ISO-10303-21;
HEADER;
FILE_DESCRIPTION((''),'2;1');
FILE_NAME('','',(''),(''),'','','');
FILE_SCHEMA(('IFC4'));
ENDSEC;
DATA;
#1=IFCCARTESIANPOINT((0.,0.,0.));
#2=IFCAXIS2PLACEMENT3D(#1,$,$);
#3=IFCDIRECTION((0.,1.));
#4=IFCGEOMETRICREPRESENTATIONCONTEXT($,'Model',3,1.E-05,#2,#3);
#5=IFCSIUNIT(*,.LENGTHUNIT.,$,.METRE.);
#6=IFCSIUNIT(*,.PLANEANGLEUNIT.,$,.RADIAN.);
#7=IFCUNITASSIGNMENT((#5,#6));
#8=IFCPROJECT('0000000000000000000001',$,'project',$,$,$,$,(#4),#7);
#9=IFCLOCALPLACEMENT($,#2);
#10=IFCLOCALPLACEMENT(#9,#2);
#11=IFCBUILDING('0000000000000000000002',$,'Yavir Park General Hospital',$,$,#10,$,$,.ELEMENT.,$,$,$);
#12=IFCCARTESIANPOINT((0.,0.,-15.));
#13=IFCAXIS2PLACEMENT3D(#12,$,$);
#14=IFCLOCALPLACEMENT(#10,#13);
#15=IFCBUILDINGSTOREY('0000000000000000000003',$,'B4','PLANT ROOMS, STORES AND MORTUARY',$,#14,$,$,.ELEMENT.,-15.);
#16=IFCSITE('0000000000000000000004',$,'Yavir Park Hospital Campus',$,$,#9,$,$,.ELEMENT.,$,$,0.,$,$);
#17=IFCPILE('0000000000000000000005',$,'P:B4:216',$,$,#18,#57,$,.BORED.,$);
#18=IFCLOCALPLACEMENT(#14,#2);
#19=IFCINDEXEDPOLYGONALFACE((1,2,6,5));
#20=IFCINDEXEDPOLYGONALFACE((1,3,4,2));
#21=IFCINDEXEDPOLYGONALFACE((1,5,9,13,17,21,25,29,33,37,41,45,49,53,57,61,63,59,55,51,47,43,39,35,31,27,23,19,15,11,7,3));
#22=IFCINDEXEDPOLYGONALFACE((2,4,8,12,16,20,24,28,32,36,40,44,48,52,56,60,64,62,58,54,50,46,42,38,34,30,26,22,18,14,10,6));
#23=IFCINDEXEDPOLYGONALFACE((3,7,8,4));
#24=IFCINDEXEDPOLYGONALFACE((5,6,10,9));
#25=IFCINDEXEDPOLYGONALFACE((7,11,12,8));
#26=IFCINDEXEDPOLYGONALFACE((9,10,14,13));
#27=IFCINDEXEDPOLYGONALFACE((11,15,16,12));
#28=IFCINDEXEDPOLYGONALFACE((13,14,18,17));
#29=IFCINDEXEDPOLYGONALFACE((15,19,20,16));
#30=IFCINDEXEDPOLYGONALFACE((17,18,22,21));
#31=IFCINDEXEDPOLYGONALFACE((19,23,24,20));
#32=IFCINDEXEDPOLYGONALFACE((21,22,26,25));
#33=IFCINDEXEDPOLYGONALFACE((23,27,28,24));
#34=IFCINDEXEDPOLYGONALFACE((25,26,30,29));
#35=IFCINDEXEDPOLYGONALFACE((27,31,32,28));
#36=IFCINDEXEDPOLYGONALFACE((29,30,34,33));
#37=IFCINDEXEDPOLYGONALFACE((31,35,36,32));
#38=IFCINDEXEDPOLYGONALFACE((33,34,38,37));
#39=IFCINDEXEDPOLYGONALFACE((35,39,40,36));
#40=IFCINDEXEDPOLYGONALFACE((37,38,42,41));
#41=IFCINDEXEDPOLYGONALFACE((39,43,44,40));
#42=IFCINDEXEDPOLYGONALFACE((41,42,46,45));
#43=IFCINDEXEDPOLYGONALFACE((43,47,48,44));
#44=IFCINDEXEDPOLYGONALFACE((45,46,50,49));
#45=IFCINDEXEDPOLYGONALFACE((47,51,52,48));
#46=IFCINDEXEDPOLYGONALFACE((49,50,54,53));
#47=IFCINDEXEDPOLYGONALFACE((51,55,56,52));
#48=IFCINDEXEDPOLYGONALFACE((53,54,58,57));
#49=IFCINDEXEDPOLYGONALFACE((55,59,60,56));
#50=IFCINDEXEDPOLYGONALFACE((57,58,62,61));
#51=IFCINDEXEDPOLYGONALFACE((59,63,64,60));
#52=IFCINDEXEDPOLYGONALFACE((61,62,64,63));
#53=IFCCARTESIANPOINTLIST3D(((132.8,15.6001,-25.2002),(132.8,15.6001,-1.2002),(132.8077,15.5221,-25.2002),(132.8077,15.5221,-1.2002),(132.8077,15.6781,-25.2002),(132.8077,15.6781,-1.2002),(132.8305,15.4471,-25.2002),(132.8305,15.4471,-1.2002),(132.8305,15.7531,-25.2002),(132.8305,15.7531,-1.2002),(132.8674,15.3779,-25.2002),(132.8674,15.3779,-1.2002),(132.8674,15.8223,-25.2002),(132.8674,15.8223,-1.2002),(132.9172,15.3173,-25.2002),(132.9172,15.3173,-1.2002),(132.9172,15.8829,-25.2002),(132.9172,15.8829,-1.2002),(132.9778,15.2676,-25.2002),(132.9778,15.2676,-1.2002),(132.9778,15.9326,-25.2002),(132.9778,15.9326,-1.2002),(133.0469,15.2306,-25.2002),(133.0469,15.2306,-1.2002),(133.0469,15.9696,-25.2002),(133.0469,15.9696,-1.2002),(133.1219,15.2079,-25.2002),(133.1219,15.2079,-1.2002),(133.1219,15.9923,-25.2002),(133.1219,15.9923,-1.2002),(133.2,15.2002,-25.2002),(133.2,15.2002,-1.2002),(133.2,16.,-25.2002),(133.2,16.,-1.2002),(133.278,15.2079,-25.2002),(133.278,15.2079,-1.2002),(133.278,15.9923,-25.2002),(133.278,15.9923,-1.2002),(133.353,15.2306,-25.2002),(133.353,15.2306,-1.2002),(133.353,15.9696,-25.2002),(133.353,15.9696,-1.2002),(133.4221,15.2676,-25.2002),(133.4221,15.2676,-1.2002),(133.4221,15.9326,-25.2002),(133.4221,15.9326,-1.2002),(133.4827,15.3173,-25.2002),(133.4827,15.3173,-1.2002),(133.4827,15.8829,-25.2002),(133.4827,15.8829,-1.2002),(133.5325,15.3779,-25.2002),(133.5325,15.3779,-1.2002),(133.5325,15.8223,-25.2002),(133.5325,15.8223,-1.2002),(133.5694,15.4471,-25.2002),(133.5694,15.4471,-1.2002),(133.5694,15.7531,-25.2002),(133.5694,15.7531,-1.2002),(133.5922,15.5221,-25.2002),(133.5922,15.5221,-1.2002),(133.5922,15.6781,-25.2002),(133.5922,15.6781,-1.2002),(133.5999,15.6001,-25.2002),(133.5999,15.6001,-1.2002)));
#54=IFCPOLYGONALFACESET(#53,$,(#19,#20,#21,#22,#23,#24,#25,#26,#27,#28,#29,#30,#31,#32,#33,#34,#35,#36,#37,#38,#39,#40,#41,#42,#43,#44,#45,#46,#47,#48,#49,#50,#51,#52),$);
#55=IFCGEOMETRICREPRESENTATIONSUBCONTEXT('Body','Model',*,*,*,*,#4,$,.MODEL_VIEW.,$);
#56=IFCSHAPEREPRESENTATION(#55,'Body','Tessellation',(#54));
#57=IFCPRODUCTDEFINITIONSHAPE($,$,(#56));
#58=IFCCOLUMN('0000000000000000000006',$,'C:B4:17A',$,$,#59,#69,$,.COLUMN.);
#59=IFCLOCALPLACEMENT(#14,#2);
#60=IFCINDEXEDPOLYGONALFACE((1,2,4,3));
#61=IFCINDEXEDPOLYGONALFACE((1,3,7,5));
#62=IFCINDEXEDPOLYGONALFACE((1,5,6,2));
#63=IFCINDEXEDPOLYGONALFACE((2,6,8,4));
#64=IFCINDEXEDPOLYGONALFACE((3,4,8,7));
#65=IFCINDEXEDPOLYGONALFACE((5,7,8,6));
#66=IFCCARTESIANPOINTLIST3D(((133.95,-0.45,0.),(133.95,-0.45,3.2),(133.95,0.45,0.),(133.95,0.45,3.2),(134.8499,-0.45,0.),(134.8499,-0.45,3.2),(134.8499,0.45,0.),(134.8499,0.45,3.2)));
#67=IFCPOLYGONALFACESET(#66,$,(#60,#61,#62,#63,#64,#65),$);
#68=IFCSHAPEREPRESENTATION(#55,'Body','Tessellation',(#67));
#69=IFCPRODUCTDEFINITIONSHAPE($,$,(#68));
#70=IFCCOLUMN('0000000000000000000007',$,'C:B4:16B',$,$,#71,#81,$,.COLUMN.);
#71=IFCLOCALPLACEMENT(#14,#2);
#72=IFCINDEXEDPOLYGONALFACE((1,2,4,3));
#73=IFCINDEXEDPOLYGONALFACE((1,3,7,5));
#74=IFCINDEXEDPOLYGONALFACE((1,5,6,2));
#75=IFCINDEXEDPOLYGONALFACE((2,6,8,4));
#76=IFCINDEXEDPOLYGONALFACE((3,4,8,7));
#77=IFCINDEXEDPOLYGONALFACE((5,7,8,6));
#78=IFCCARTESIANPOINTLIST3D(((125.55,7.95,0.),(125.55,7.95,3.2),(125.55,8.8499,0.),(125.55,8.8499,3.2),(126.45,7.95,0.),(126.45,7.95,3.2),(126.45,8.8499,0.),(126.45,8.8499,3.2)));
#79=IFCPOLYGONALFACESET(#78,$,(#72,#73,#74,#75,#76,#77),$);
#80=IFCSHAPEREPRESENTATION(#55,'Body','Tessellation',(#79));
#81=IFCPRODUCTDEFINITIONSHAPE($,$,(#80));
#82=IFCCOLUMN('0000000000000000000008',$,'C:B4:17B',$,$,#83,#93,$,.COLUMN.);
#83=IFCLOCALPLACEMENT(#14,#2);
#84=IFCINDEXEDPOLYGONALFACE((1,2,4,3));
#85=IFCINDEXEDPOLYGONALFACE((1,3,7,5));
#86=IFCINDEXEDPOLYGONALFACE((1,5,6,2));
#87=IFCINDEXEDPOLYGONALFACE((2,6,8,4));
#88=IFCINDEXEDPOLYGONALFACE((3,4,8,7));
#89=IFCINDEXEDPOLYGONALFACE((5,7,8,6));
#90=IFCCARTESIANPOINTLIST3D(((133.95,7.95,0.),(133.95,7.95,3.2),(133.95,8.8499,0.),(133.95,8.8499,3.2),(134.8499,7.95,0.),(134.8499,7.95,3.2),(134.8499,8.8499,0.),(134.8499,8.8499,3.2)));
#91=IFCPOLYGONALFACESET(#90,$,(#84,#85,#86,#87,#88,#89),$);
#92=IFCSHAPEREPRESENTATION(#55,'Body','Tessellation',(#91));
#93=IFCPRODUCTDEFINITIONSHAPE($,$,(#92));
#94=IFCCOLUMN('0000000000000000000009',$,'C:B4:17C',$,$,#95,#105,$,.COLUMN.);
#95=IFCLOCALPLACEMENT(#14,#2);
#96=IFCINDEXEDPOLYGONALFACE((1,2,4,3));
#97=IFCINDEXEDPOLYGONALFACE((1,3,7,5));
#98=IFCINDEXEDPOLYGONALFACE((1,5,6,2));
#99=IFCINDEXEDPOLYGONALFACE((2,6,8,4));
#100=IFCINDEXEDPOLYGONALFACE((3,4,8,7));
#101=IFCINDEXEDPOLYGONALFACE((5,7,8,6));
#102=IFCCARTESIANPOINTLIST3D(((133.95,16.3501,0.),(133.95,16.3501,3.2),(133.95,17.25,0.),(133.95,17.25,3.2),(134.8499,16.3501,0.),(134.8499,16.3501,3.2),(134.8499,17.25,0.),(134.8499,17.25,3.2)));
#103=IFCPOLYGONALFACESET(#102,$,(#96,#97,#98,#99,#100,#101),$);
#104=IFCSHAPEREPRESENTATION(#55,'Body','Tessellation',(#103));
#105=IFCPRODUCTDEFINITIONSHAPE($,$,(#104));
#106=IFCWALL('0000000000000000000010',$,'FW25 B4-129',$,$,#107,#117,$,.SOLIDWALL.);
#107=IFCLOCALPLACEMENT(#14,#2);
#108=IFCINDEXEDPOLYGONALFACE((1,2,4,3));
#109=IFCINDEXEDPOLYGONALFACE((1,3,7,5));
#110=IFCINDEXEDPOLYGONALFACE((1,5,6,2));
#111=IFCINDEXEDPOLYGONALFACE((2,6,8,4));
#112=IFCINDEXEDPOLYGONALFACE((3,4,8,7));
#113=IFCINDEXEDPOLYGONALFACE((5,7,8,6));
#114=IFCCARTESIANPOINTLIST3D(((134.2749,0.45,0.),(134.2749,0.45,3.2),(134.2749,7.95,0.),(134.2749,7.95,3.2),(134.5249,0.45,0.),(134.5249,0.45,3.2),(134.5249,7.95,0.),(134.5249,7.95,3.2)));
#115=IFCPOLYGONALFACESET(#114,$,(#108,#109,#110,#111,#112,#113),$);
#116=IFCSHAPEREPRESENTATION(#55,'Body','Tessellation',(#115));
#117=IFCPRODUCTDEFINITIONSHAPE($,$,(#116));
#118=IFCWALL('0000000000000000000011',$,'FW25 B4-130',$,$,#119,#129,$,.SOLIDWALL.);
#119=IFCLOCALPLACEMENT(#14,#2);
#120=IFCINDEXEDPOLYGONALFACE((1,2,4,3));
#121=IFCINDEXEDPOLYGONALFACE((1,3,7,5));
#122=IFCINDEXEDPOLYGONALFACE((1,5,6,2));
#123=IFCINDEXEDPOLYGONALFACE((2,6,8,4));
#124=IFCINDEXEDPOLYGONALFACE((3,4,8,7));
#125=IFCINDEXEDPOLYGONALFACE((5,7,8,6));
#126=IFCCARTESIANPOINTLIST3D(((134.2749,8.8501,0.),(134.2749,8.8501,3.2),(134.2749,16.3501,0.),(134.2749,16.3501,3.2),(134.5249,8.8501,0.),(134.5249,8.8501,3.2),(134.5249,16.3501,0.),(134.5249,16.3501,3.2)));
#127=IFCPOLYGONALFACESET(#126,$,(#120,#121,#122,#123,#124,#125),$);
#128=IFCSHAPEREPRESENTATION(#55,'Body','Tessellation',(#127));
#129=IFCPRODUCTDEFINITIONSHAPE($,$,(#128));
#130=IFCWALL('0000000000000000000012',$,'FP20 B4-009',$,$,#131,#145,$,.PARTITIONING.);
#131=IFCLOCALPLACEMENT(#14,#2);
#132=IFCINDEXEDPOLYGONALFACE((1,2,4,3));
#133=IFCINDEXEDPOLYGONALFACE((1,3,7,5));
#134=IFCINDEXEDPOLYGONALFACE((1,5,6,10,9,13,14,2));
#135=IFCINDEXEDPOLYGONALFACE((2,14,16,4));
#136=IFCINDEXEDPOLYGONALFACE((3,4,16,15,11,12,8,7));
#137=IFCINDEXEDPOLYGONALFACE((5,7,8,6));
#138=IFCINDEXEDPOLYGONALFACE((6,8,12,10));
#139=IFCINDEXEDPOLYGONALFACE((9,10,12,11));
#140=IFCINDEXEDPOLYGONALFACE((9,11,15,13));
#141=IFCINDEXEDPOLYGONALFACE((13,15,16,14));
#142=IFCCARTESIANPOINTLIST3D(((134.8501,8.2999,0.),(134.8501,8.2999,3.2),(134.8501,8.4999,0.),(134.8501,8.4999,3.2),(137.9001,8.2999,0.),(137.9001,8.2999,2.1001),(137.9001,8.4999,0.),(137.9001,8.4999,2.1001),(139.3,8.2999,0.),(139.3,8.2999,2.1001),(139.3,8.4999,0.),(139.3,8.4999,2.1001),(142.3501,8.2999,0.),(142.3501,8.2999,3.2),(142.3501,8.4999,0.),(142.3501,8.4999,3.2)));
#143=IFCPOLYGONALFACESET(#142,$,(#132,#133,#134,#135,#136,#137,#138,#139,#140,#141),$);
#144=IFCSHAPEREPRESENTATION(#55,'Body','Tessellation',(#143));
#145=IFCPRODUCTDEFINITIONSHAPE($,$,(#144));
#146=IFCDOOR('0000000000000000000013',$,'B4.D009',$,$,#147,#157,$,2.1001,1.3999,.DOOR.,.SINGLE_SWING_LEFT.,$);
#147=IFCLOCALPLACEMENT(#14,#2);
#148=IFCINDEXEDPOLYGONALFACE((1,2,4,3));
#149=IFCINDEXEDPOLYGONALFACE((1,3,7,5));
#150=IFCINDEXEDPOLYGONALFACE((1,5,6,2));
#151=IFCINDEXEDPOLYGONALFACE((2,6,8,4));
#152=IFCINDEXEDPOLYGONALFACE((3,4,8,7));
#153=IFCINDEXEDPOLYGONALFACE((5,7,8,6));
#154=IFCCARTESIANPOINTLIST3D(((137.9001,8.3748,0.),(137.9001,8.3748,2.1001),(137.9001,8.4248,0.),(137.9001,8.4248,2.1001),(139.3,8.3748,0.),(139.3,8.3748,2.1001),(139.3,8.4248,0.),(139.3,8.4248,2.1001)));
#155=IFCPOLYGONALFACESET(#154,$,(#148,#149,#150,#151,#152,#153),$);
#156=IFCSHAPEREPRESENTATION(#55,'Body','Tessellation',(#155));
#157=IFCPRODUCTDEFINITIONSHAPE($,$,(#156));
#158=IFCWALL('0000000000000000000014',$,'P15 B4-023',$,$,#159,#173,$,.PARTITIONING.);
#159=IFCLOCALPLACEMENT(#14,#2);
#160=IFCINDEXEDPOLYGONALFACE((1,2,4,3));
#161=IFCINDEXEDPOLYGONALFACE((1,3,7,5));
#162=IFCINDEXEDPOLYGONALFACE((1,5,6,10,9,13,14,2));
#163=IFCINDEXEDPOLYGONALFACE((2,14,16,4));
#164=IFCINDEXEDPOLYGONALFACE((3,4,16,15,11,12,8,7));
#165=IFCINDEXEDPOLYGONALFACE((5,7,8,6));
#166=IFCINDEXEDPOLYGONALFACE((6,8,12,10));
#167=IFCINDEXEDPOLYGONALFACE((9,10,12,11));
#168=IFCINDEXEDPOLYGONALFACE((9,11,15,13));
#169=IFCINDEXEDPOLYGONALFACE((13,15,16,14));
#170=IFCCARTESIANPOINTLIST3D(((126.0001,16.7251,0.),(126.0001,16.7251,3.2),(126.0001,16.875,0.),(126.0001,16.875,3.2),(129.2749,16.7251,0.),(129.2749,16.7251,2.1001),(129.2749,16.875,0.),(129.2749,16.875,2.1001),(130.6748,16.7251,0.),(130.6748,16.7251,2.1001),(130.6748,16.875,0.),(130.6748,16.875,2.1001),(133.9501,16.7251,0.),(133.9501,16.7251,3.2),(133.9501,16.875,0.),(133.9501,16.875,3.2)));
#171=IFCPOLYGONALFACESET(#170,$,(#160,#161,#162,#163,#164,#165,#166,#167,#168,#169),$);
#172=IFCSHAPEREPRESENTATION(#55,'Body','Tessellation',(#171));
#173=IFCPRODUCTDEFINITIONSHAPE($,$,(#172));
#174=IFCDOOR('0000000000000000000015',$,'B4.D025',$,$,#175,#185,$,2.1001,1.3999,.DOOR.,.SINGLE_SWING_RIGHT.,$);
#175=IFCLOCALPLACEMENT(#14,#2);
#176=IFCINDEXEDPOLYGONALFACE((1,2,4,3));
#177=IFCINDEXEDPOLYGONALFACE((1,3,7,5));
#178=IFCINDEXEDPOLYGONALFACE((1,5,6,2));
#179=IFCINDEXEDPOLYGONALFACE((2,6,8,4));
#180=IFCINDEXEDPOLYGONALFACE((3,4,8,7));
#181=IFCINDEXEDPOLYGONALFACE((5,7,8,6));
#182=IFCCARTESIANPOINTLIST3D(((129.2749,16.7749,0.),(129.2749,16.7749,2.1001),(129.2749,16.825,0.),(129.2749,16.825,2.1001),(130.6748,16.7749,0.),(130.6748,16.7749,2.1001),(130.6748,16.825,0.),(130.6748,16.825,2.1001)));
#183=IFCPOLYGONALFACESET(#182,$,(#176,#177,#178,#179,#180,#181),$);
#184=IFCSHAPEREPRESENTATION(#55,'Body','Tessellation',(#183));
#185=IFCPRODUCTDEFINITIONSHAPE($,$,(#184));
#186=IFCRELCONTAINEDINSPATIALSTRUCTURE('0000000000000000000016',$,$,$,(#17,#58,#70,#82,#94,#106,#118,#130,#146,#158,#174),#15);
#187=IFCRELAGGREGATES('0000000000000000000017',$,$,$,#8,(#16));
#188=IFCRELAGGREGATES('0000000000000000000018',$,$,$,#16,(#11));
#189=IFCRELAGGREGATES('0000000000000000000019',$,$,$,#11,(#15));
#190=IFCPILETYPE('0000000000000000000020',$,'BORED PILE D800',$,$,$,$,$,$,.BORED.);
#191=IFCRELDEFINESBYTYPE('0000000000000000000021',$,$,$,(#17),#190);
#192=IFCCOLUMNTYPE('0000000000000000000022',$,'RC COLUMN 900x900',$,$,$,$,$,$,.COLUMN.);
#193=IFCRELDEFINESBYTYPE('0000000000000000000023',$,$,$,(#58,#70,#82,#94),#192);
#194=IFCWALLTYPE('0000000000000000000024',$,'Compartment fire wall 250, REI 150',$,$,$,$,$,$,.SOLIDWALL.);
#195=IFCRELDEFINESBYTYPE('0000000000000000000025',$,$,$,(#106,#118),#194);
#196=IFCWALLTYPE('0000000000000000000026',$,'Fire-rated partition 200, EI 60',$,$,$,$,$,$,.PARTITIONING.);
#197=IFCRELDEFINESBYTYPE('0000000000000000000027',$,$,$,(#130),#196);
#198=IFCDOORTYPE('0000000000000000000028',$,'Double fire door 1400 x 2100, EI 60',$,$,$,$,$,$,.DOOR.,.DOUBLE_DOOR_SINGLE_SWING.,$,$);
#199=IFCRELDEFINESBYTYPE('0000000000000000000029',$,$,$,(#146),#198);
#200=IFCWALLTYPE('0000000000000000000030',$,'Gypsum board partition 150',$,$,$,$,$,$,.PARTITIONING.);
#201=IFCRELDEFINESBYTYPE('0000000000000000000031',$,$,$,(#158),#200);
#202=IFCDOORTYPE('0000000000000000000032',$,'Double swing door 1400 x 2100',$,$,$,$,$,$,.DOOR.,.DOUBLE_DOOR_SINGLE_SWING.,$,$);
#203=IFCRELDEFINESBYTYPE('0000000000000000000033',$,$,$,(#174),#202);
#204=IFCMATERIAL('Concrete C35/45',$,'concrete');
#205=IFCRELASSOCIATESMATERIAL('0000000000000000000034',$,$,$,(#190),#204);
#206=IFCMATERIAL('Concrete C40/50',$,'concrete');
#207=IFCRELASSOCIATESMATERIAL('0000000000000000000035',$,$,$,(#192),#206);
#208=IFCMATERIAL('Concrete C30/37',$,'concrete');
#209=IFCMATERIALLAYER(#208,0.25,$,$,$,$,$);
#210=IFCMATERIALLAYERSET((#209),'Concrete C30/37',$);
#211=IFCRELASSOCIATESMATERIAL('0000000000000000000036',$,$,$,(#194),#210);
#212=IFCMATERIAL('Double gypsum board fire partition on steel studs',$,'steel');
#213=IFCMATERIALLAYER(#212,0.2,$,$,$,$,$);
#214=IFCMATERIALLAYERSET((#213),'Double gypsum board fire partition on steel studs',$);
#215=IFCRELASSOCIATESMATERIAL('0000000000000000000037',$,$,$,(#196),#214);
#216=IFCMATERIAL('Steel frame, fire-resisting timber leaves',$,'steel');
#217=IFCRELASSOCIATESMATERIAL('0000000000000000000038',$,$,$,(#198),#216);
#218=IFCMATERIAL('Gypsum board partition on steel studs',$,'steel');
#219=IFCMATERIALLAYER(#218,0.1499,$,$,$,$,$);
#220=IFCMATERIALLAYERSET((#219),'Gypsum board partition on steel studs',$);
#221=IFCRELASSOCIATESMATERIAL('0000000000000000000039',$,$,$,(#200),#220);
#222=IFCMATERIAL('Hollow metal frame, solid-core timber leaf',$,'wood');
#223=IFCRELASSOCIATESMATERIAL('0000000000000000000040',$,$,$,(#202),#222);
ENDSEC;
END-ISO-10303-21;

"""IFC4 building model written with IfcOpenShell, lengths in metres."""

from ifc_helpers import new_model, si_unit, direction, frame, frame_2d, origin, origin_2d, place, context, subcontext, project, spatial, rectangle, circle, extrude, material, layer, layer_set, material_profile, profile_set, type_object, element, fill, save


model = new_model("IFC4")

# Units and contexts
model_context = context("Model", 3, precision=1e-05, world=origin(), true_north=direction((0.0, 1.0)))
body_context = subcontext(model_context, "Body", "Model", "MODEL_VIEW")
ifc_project = project(units=[si_unit("LENGTHUNIT", "METRE"), si_unit("PLANEANGLEUNIT", "RADIAN")], contexts=[model_context])

# Site, building, storey
site_placement = place(None, origin())
site = spatial("IfcSite", under=ifc_project, at=site_placement, Name="Yavir Park Hospital Campus", CompositionType="ELEMENT", RefElevation=0.0)
building_placement = place(site_placement, origin())
building = spatial("IfcBuilding", under=site, at=building_placement, Name="Yavir Park General Hospital", CompositionType="ELEMENT")
storey_placement = place(building_placement, frame((0.0, 0.0, -15.0)))
storey = spatial("IfcBuildingStorey", under=building, at=storey_placement, Name="B4", Description="PLANT ROOMS, STORES AND MORTUARY", CompositionType="ELEMENT", Elevation=-15.0)

# Pile
ifc_material_1 = material(Name="Concrete C35/45", Category="concrete")
ifc_material_profile_1 = material_profile(ifc_material_1, circle(Radius=0.3999, at=origin_2d()), Name="D800")
ifc_profile_set_1 = profile_set([ifc_material_profile_1], Name="Concrete C35/45")
pile_type_1 = type_object("IfcPileType", Name="BORED PILE D800", PredefinedType="BORED", material=ifc_profile_set_1)
for number, where, z_axis, x_axis, name in (
    (1, (133.2, 15.6001, -1.2002), (0.0, 0.0, -1.0), (1.0, 0.0, 0.0), "P:B4:216"),
):
    element("IfcPile", number, at=place(storey_placement, frame(where, z_axis=z_axis, x_axis=x_axis)), inside=storey, type_object=pile_type_1, Name=name, PredefinedType="BORED", context=body_context, shape_type="SweptSolid", body=[
        extrude(circle(Radius=0.3999, at=origin_2d()), origin(), (0.0, 0.0, 1.0), 24.0),
    ])

# Columns
ifc_material_2 = material(Name="Concrete C40/50", Category="concrete")
ifc_material_profile_2 = material_profile(ifc_material_2, rectangle(XDim=0.8999, YDim=0.8999, at=origin_2d()), Name="RC900x900")
ifc_profile_set_2 = profile_set([ifc_material_profile_2], Name="Concrete C40/50")
column_type = type_object("IfcColumnType", Name="RC COLUMN 900x900", PredefinedType="COLUMN", material=ifc_profile_set_2)
for number, where, z_axis, x_axis, name in (
    (2, (134.3999, 0.0, 0.0), (0.0, 0.0, 1.0), (1.0, 0.0, 0.0), "C:B4:17A"),
    (3, (126.0, 8.3999, 0.0), (0.0, 0.0, 1.0), (1.0, 0.0, 0.0), "C:B4:16B"),
    (4, (134.3999, 8.3999, 0.0), (0.0, 0.0, 1.0), (1.0, 0.0, 0.0), "C:B4:17B"),
    (5, (134.3999, 16.8, 0.0), (0.0, 0.0, 1.0), (1.0, 0.0, 0.0), "C:B4:17C"),
):
    element("IfcColumn", number, at=place(storey_placement, frame(where, z_axis=z_axis, x_axis=x_axis)), inside=storey, type_object=column_type, Name=name, PredefinedType="COLUMN", context=body_context, shape_type="SweptSolid", body=[
        extrude(rectangle(XDim=0.8999, YDim=0.8999, at=origin_2d()), origin(), (0.0, 0.0, 1.0), 3.2),
    ])

# Walls
ifc_material_3 = material(Name="Concrete C30/37", Category="concrete")
ifc_layer_1 = layer(ifc_material_3, 0.25)
ifc_layer_set_1 = layer_set([ifc_layer_1], Name="Concrete C30/37")
wall_type_1 = type_object("IfcWallType", Name="Compartment fire wall 250, REI 150", PredefinedType="SOLIDWALL", material=ifc_layer_set_1)
for number, where, z_axis, x_axis, name in (
    (6, (134.3999, 0.45, 0.0), (0.0, 0.0, 1.0), (0.0, 1.0, 0.0), "FW25 B4-129"),
    (7, (134.3999, 8.8501, 0.0), (0.0, 0.0, 1.0), (0.0, 1.0, 0.0), "FW25 B4-130"),
):
    element("IfcWall", number, at=place(storey_placement, frame(where, z_axis=z_axis, x_axis=x_axis)), inside=storey, type_object=wall_type_1, Name=name, PredefinedType="SOLIDWALL", context=body_context, shape_type="SweptSolid", body=[
        extrude(rectangle(XDim=7.5, YDim=0.25, at=frame_2d((3.75, 0.0))), origin(), (0.0, 0.0, 1.0), 3.2),
    ])

# Walls, openings, doors
ifc_material_4 = material(Name="Double gypsum board fire partition on steel studs", Category="steel")
ifc_layer_2 = layer(ifc_material_4, 0.2)
ifc_layer_set_2 = layer_set([ifc_layer_2], Name="Double gypsum board fire partition on steel studs")
wall_type_2 = type_object("IfcWallType", Name="Fire-rated partition 200, EI 60", PredefinedType="PARTITIONING", material=ifc_layer_set_2)
wall_1_placement = place(storey_placement, frame((134.8501, 8.3999, 0.0), z_axis=(0.0, 0.0, 1.0), x_axis=(1.0, 0.0, 0.0)))
wall_1 = element("IfcWall", 8, at=wall_1_placement, inside=storey, type_object=wall_type_2, Name="FP20 B4-009", PredefinedType="PARTITIONING", context=body_context, shape_type="SweptSolid", body=[
    extrude(rectangle(XDim=7.5, YDim=0.2, at=frame_2d((3.75, 0.0))), origin(), (0.0, 0.0, 1.0), 3.2),
])
opening_1_placement = place(wall_1_placement, frame((3.05, 0.0, 0.0)))
opening_1 = element("IfcOpeningElement", 9, at=opening_1_placement, cuts=wall_1, PredefinedType="OPENING", context=body_context, shape_type="SweptSolid", body=[
    extrude(rectangle(XDim=1.3999, YDim=2.1001, at=frame_2d((0.7, 1.05))), frame((0.0, 0.1099, 0.0), z_axis=(0.0, -1.0, 0.0), x_axis=(1.0, 0.0, 0.0)), (0.0, 0.0, 1.0), 0.22),
])
ifc_material_5 = material(Name="Steel frame, fire-resisting timber leaves", Category="steel")
door_type_1 = type_object("IfcDoorType", Name="Double fire door 1400 x 2100, EI 60", OperationType="DOUBLE_DOOR_SINGLE_SWING", PredefinedType="DOOR", material=ifc_material_5)
door_1_placement = place(opening_1_placement, origin())
door_1 = element("IfcDoor", 10, at=door_1_placement, inside=storey, type_object=door_type_1, Name="B4.D009", OperationType="SINGLE_SWING_LEFT", OverallHeight=2.1001, OverallWidth=1.3999, PredefinedType="DOOR", context=body_context, shape_type="SweptSolid", body=[
    extrude(rectangle(XDim=1.3999, YDim=2.1001, at=frame_2d((0.7, 1.05))), frame((0.0, 0.0249, 0.0), z_axis=(0.0, -1.0, 0.0), x_axis=(1.0, 0.0, 0.0)), (0.0, 0.0, 1.0), 0.05),
])
fill(opening_1, door_1)
ifc_material_6 = material(Name="Gypsum board partition on steel studs", Category="steel")
ifc_layer_3 = layer(ifc_material_6, 0.1499)
ifc_layer_set_3 = layer_set([ifc_layer_3], Name="Gypsum board partition on steel studs")
wall_type_3 = type_object("IfcWallType", Name="Gypsum board partition 150", PredefinedType="PARTITIONING", material=ifc_layer_set_3)
wall_2_placement = place(storey_placement, frame((126.0, 16.8, 0.0), z_axis=(0.0, 0.0, 1.0), x_axis=(1.0, 0.0, 0.0)))
wall_2 = element("IfcWall", 11, at=wall_2_placement, inside=storey, type_object=wall_type_3, Name="P15 B4-023", PredefinedType="PARTITIONING", context=body_context, shape_type="SweptSolid", body=[
    extrude(rectangle(XDim=7.95, YDim=0.1499, at=frame_2d((3.9751, 0.0))), origin(), (0.0, 0.0, 1.0), 3.2),
])
opening_2_placement = place(wall_2_placement, frame((3.2749, 0.0, 0.0)))
opening_2 = element("IfcOpeningElement", 12, at=opening_2_placement, cuts=wall_2, PredefinedType="OPENING", context=body_context, shape_type="SweptSolid", body=[
    extrude(rectangle(XDim=1.3999, YDim=2.1001, at=frame_2d((0.7, 1.05))), frame((0.0, 0.085, 0.0), z_axis=(0.0, -1.0, 0.0), x_axis=(1.0, 0.0, 0.0)), (0.0, 0.0, 1.0), 0.1699),
])
ifc_material_7 = material(Name="Hollow metal frame, solid-core timber leaf", Category="wood")
door_type_2 = type_object("IfcDoorType", Name="Double swing door 1400 x 2100", OperationType="DOUBLE_DOOR_SINGLE_SWING", PredefinedType="DOOR", material=ifc_material_7)
door_2_placement = place(opening_2_placement, origin())
door_2 = element("IfcDoor", 13, at=door_2_placement, inside=storey, type_object=door_type_2, Name="B4.D025", OperationType="SINGLE_SWING_RIGHT", OverallHeight=2.1001, OverallWidth=1.3999, PredefinedType="DOOR", context=body_context, shape_type="SweptSolid", body=[
    extrude(rectangle(XDim=1.3999, YDim=2.1001, at=frame_2d((0.7, 1.05))), frame((0.0, 0.0249, 0.0), z_axis=(0.0, -1.0, 0.0), x_axis=(1.0, 0.0, 0.0)), (0.0, 0.0, 1.0), 0.05),
])
fill(opening_2, door_2)

save(model, "model.ifc")
